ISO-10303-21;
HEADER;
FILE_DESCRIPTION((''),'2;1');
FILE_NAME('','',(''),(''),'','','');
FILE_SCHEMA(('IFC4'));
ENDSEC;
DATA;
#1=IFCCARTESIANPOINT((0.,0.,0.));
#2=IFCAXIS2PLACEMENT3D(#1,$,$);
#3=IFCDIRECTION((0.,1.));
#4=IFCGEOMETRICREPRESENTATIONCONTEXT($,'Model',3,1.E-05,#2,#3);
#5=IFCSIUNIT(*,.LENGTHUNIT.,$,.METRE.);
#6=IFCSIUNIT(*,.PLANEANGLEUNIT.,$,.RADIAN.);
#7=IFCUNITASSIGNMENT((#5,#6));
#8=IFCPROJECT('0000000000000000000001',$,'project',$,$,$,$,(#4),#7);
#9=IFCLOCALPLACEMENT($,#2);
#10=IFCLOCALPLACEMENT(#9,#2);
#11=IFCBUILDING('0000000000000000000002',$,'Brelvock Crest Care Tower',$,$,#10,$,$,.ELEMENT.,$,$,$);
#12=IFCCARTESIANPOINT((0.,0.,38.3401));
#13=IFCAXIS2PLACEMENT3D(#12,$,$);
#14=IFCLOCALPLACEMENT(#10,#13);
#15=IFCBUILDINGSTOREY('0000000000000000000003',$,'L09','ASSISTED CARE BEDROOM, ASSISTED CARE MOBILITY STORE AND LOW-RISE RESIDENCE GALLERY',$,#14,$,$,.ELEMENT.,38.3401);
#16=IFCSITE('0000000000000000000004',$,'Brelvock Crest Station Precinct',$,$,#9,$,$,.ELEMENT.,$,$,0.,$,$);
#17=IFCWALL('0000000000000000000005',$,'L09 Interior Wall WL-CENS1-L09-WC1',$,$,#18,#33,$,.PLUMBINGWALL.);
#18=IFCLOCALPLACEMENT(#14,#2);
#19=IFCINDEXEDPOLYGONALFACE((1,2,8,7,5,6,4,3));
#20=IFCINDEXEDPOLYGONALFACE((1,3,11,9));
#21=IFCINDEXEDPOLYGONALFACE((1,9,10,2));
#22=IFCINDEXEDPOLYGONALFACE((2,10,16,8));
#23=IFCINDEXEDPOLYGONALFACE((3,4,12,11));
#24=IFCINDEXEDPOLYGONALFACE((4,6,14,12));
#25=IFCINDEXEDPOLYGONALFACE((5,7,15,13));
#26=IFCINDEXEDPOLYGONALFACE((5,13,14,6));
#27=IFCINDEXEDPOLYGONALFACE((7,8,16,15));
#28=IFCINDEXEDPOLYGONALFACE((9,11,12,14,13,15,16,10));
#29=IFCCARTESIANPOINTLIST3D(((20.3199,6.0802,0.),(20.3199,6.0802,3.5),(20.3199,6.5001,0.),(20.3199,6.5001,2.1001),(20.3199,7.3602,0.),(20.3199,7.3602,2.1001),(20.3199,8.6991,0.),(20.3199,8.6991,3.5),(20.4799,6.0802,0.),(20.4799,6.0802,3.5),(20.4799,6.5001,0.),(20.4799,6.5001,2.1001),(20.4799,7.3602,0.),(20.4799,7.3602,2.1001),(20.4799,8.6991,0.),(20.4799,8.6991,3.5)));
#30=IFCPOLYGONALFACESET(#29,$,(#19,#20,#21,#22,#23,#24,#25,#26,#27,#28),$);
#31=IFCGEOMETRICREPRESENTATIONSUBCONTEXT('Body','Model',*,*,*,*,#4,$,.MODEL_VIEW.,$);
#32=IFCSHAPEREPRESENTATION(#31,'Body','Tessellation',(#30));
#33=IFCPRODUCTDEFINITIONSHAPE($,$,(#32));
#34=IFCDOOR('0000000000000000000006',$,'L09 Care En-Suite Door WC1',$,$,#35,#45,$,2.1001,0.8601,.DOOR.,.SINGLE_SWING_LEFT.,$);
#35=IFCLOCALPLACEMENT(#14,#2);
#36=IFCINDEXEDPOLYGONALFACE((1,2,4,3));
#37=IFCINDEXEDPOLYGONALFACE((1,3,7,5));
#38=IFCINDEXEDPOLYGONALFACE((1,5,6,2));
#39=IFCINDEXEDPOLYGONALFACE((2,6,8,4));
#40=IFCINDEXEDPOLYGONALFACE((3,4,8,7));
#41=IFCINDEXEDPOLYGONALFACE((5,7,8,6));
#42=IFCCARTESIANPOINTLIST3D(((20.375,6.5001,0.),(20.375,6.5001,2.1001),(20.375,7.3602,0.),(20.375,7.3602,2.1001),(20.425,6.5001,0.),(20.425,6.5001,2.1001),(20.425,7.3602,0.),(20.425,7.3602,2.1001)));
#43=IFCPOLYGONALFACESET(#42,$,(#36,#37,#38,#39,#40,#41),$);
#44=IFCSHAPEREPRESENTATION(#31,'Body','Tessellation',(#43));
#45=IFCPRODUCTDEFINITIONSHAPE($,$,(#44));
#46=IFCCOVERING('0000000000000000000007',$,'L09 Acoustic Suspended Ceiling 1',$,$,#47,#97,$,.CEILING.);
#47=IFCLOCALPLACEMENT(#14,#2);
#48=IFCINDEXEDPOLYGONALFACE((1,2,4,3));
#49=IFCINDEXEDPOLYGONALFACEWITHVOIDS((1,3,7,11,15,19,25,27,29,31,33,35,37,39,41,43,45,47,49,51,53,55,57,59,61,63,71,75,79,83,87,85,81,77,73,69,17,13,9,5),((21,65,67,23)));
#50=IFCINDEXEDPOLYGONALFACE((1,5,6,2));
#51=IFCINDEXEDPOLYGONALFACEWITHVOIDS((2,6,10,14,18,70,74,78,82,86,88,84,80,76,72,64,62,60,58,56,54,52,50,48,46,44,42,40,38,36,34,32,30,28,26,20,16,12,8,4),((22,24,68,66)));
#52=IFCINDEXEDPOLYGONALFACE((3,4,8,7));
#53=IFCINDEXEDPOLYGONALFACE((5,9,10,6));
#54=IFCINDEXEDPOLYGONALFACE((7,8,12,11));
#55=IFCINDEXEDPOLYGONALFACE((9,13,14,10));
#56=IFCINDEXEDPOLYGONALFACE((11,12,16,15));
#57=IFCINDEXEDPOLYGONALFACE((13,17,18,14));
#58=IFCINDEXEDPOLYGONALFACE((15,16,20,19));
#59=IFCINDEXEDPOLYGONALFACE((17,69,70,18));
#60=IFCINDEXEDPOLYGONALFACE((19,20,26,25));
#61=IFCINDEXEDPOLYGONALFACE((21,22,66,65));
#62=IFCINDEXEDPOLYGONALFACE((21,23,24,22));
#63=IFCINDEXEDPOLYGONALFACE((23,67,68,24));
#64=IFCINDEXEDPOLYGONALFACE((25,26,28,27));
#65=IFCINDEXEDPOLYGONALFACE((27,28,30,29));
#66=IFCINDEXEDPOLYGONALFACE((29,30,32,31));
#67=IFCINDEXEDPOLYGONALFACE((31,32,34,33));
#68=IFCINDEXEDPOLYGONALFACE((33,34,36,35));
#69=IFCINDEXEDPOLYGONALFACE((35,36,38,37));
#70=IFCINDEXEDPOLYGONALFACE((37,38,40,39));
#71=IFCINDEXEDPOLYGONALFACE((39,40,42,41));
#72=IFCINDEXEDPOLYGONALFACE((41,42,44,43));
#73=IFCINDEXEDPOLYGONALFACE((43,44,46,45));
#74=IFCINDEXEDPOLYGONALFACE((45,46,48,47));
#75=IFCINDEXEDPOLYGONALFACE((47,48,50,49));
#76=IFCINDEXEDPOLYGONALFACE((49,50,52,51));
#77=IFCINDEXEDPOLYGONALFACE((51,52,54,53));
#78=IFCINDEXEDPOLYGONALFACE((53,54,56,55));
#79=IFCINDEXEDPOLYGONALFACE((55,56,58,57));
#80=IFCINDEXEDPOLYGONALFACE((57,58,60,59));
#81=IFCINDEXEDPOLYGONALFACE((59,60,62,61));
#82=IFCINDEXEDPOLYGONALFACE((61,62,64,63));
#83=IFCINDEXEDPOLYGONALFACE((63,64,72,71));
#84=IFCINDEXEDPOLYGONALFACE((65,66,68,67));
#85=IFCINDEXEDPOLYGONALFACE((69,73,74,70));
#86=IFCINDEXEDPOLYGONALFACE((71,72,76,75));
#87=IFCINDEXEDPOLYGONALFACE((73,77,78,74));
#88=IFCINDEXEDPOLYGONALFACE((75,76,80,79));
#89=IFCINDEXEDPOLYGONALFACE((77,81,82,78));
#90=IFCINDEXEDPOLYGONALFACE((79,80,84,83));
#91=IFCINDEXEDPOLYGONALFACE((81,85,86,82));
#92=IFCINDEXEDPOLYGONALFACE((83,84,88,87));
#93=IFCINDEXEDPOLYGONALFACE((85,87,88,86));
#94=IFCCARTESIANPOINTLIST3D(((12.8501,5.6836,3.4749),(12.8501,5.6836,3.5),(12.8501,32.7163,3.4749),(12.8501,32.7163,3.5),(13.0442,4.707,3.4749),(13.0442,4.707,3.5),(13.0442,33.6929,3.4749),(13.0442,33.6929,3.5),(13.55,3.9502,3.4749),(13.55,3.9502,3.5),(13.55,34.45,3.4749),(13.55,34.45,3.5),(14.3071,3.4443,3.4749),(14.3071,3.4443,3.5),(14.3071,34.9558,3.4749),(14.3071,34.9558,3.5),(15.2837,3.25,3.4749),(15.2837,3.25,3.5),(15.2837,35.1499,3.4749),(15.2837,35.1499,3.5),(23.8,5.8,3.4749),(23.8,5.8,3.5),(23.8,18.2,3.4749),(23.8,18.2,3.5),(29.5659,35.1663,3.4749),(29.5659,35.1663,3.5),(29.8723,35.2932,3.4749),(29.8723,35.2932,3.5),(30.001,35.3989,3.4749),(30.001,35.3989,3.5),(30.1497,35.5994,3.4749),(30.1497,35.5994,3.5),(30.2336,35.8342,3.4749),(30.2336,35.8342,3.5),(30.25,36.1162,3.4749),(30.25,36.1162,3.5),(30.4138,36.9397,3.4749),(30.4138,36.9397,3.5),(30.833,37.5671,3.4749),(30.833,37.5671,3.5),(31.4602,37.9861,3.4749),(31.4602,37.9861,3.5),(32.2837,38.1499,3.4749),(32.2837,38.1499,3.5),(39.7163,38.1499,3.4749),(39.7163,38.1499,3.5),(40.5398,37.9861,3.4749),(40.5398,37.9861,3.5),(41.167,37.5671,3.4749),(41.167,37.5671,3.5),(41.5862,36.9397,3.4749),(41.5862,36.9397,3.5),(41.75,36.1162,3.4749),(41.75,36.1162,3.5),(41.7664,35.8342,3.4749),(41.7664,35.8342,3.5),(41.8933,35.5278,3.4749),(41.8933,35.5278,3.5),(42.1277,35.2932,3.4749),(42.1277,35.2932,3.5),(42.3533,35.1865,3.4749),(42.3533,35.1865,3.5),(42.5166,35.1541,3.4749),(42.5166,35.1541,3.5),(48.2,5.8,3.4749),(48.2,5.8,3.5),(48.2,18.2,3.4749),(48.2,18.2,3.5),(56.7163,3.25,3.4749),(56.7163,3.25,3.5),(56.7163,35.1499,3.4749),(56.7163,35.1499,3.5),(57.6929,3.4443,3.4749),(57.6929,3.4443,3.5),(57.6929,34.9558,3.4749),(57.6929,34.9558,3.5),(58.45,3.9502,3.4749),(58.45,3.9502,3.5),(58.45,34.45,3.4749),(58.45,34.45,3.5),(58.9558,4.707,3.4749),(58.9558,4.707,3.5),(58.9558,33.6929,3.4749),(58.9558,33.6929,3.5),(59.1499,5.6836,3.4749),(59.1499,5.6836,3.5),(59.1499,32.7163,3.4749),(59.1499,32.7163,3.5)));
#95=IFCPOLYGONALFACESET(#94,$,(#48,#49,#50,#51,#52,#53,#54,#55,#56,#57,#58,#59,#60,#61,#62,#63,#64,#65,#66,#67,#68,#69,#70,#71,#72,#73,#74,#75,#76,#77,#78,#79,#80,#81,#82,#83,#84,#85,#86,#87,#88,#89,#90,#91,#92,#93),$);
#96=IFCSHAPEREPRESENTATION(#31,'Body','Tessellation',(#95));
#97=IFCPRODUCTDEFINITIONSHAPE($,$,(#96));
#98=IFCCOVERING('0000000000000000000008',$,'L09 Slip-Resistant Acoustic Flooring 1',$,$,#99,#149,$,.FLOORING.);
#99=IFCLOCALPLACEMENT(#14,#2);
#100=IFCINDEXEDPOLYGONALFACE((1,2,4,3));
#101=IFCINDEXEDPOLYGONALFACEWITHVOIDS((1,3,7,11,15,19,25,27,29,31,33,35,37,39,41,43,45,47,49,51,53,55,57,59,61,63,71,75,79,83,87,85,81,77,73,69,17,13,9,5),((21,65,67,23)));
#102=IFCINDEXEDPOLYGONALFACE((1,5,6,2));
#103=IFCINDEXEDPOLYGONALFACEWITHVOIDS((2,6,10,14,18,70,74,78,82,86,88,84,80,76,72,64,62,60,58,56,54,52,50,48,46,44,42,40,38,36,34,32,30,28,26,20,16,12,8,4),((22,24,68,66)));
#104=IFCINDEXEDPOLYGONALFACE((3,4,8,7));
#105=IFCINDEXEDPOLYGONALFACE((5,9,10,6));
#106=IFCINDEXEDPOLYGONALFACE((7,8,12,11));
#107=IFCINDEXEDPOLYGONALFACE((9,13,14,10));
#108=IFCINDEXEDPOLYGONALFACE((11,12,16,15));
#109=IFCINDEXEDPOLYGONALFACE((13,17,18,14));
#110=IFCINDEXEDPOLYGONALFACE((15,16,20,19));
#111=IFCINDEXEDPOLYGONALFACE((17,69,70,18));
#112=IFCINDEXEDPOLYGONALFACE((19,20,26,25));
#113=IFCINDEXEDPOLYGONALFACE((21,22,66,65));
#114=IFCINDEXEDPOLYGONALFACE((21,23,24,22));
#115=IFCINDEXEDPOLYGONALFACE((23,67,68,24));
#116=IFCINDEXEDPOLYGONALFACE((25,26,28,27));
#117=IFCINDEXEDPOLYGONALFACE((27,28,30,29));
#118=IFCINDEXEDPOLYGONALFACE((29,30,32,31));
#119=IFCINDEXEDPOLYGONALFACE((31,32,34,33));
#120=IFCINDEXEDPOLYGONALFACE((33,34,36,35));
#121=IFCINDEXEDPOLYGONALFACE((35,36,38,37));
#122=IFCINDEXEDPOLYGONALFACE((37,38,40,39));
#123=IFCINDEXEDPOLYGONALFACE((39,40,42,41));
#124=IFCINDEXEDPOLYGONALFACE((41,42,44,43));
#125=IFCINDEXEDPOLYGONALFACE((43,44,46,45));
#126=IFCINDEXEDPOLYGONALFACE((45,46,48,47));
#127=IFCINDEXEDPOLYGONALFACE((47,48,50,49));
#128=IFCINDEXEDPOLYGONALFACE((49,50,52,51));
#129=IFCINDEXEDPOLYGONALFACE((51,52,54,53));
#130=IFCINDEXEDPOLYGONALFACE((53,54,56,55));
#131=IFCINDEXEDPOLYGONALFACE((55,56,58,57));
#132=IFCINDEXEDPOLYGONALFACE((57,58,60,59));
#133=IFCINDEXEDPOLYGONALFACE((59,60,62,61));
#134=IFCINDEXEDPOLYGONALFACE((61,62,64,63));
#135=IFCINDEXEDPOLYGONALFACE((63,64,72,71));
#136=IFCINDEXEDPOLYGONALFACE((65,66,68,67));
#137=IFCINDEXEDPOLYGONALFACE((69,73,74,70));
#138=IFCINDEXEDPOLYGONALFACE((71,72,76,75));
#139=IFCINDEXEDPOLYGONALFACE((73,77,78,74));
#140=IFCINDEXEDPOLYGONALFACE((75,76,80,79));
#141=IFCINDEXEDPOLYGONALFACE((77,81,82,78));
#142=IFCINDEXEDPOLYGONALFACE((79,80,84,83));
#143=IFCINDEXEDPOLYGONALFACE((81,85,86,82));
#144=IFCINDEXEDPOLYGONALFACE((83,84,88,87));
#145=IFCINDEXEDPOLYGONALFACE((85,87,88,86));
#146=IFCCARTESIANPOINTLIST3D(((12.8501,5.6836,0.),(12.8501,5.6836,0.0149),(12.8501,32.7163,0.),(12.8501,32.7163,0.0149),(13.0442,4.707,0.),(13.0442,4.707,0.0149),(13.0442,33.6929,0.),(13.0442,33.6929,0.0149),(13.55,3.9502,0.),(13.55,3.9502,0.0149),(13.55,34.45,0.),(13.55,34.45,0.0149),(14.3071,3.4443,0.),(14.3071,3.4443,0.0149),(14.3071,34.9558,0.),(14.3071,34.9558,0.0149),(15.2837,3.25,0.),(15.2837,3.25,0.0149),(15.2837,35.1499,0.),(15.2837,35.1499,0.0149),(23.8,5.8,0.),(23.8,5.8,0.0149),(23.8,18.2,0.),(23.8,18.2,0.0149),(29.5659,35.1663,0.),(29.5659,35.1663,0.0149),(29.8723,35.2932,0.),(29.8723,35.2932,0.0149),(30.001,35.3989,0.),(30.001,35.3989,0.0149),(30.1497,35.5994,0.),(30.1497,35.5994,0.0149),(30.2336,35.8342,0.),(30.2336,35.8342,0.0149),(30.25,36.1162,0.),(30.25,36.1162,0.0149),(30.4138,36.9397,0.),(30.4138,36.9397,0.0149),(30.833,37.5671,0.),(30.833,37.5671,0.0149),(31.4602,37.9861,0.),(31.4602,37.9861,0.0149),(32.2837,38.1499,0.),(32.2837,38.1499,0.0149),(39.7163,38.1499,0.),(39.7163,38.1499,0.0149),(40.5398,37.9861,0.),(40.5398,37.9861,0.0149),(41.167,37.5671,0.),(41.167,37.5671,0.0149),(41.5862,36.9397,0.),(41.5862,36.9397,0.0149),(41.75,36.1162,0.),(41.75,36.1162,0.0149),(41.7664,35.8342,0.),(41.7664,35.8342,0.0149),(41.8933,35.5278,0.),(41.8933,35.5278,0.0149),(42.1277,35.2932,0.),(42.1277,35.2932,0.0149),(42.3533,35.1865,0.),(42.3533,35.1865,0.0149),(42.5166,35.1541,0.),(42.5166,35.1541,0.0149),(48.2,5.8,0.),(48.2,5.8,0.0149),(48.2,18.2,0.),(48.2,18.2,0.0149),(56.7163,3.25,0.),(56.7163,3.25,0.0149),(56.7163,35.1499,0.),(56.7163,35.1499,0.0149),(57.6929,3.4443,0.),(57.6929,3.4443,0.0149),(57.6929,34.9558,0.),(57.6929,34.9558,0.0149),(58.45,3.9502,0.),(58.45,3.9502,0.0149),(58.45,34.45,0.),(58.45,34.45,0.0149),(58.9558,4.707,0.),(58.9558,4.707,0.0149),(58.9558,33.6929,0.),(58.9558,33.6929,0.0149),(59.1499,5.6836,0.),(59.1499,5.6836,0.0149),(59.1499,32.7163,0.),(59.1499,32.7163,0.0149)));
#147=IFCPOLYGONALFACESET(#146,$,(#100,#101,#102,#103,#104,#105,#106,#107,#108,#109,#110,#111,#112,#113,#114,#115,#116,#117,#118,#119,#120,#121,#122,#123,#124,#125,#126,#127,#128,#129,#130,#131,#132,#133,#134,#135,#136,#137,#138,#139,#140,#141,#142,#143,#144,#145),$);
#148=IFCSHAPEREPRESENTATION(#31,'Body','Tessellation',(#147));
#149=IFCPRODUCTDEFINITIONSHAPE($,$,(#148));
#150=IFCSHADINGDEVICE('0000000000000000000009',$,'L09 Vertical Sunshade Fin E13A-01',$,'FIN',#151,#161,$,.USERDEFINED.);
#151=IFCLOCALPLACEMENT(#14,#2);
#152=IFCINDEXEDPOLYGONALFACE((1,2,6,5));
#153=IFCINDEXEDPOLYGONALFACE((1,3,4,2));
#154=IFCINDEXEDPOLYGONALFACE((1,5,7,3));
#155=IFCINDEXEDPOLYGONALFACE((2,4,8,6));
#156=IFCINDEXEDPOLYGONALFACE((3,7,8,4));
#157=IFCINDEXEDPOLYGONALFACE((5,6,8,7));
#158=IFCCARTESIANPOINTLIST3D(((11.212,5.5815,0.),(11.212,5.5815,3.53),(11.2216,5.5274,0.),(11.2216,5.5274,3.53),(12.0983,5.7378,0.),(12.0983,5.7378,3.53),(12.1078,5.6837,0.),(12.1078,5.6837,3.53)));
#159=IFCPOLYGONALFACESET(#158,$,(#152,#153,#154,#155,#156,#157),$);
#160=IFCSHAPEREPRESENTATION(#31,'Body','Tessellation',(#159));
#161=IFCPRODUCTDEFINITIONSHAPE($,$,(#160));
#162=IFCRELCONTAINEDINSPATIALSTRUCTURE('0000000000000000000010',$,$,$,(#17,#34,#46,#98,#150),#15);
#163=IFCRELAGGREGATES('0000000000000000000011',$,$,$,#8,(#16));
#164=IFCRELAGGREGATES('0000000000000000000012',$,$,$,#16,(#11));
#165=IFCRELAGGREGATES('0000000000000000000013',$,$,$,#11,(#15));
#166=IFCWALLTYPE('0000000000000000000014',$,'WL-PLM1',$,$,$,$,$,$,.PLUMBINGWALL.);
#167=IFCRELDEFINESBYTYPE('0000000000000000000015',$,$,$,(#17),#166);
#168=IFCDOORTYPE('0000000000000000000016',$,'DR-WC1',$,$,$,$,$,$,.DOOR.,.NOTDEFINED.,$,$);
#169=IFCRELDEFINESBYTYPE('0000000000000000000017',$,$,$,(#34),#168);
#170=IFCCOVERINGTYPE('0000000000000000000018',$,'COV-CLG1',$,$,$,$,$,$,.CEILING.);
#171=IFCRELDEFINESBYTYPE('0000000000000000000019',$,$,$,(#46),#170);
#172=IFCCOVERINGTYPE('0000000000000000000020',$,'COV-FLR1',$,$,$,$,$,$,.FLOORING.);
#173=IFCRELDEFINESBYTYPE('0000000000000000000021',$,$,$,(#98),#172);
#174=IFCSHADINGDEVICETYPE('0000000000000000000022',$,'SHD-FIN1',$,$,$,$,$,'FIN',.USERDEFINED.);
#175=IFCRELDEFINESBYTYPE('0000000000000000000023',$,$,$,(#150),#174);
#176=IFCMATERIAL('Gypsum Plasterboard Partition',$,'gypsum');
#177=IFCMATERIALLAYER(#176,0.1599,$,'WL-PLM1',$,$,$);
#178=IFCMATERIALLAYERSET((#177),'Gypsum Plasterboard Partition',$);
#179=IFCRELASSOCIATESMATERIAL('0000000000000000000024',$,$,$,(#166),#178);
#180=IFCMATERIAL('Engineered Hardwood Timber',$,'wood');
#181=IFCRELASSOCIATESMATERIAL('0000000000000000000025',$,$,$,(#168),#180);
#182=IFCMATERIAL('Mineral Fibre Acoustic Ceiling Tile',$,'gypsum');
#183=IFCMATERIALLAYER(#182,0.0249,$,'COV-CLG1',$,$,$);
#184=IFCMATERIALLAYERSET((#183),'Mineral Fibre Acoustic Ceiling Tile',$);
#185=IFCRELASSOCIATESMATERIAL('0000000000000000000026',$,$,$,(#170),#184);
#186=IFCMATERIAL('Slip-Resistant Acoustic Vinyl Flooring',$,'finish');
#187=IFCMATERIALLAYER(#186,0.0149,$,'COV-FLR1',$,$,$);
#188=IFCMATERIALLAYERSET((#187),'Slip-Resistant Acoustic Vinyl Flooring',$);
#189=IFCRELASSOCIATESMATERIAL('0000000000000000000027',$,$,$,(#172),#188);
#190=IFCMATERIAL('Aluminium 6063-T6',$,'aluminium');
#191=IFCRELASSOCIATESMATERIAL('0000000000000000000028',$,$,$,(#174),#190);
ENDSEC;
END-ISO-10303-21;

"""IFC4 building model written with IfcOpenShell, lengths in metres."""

from ifc_helpers import new_model, si_unit, direction, frame, frame_2d, origin, origin_2d, place, context, subcontext, project, spatial, polyline, rectangle, outline, extrude, source, transform, mapped, material, layer, layer_set, material_profile, profile_set, type_object, element, fill, save


model = new_model("IFC4")

# Units and contexts
model_context = context("Model", 3, precision=1e-05, world=origin(), true_north=direction((0.0, 1.0)))
body_context = subcontext(model_context, "Body", "Model", "MODEL_VIEW")
ifc_project = project(units=[si_unit("LENGTHUNIT", "METRE"), si_unit("PLANEANGLEUNIT", "RADIAN")], contexts=[model_context])

# Site, building, storey
site_placement = place(None, origin())
site = spatial("IfcSite", under=ifc_project, at=site_placement, Name="Brelvock Crest Station Precinct", CompositionType="ELEMENT", RefElevation=0.0)
building_placement = place(site_placement, origin())
building = spatial("IfcBuilding", under=site, at=building_placement, Name="Brelvock Crest Care Tower", CompositionType="ELEMENT")
storey_placement = place(building_placement, frame((0.0, 0.0, 38.3401)))
storey = spatial("IfcBuildingStorey", under=building, at=storey_placement, Name="L09", Description="ASSISTED CARE BEDROOM, ASSISTED CARE MOBILITY STORE AND LOW-RISE RESIDENCE GALLERY", CompositionType="ELEMENT", Elevation=38.3401)

# Shared definitions
ifc_material_1 = material(Name="Aluminium 6063-T6", Category="aluminium")

# Shared definitions
ifc_material_2 = material(Name="Engineered Hardwood Timber", Category="wood")

# Shared definitions
ifc_material_3 = material(Name="Gypsum Plasterboard Partition", Category="gypsum")
ifc_layer_1 = layer(ifc_material_3, 0.1599, Name="WL-PLM1")
ifc_layer_set_1 = layer_set([ifc_layer_1], Name="Gypsum Plasterboard Partition")
wall_type_1 = type_object("IfcWallType", Name="WL-PLM1", PredefinedType="PLUMBINGWALL", material=ifc_layer_set_1)

# Wall, opening, door
wall_1_placement = place(storey_placement, frame((20.3999, 6.0801, 0.0), z_axis=(0.0, 0.0, 1.0), x_axis=(0.0, 1.0, 0.0)))
wall_1 = element("IfcWall", 1, at=wall_1_placement, inside=storey, type_object=wall_type_1, Name="L09 Interior Wall WL-CENS1-L09-WC1", PredefinedType="PLUMBINGWALL", context=body_context, shape_type="SweptSolid", body=[
    extrude(rectangle(XDim=2.6189, YDim=0.1599, at=frame_2d((1.3096, 0.0))), origin(), (0.0, 0.0, 1.0), 3.5),
])
opening_1_placement = place(wall_1_placement, frame((0.4199, 0.0, 0.0)))
opening_1 = element("IfcOpeningElement", 2, at=opening_1_placement, cuts=wall_1, PredefinedType="OPENING", context=body_context, shape_type="SweptSolid", body=[
    extrude(rectangle(XDim=0.8601, YDim=2.1001, at=origin_2d()), frame((0.4302, 0.0898, 1.05), z_axis=(0.0, -1.0, 0.0), x_axis=(1.0, 0.0, 0.0)), (0.0, 0.0, 1.0), 0.1799),
])
door_type_1 = type_object("IfcDoorType", Name="DR-WC1", OperationType="NOTDEFINED", PredefinedType="DOOR", material=ifc_material_2)
shared_shape_1 = source(origin(), body_context, "Body", "SweptSolid", [
    extrude(rectangle(XDim=0.8601, YDim=2.1001, at=origin_2d()), frame((0.4302, 0.0249, 1.05), z_axis=(0.0, -1.0, 0.0), x_axis=(1.0, 0.0, 0.0)), (0.0, 0.0, 1.0), 0.05),
])
door_1_placement = place(opening_1_placement, origin())
door_1 = element("IfcDoor", 3, at=door_1_placement, inside=storey, type_object=door_type_1, Name="L09 Care En-Suite Door WC1", OperationType="SINGLE_SWING_LEFT", OverallHeight=2.1001, OverallWidth=0.8601, PredefinedType="DOOR", context=body_context, shape_type="MappedRepresentation", body=[
    mapped(shared_shape_1, transform((0.0, 0.0, 0.0), x_axis=(1.0, 0.0, 0.0), y_axis=(0.0, 1.0, 0.0), z_axis=(0.0, 0.0, 1.0), scale=1.0)),
])
fill(opening_1, door_1)

# Coverings
ifc_material_4 = material(Name="Mineral Fibre Acoustic Ceiling Tile", Category="gypsum")
ifc_layer_2 = layer(ifc_material_4, 0.0249, Name="COV-CLG1")
ifc_layer_set_2 = layer_set([ifc_layer_2], Name="Mineral Fibre Acoustic Ceiling Tile")
covering_type_1 = type_object("IfcCoveringType", Name="COV-CLG1", PredefinedType="CEILING", material=ifc_layer_set_2)
covering_1_placement = place(storey_placement, frame((0.0, 0.0, 3.4749)))
element("IfcCovering", 4, at=covering_1_placement, inside=storey, type_object=covering_type_1, Name="L09 Acoustic Suspended Ceiling 1", PredefinedType="CEILING", context=body_context, shape_type="SweptSolid", body=[
    extrude(outline(polyline([(56.7163, 35.1499), (42.5166, 35.1541), (42.3533, 35.1865), (42.1277, 35.2932), (41.8933, 35.5278), (41.7664, 35.8342), (41.75, 36.1162), (41.5862, 36.9397), (41.167, 37.5671), (40.5398, 37.9861), (39.7163, 38.1499), (32.2837, 38.1499), (31.4602, 37.9861), (30.833, 37.5671), (30.4138, 36.9397), (30.25, 36.1162), (30.2336, 35.8342), (30.1497, 35.5994), (30.001, 35.3989), (29.8723, 35.2932), (29.5659, 35.1663), (15.2837, 35.1499), (14.3071, 34.9558), (13.55, 34.45), (13.0442, 33.6929), (12.8501, 32.7163), (12.8501, 5.6836), (13.0442, 4.707), (13.55, 3.9502), (14.3071, 3.4443), (15.2837, 3.25), (56.7163, 3.25), (57.6929, 3.4443), (58.45, 3.9502), (58.9558, 4.707), (59.1499, 5.6836), (59.1499, 32.7163), (58.9558, 33.6929), (58.45, 34.45), (57.6929, 34.9558), (56.7163, 35.1499)]), holes=[polyline([(48.2, 5.8), (48.2, 18.2), (23.8, 18.2), (23.8, 5.8), (48.2, 5.8)])]), origin(), (0.0, 0.0, 1.0), 0.0251),
])
ifc_material_5 = material(Name="Slip-Resistant Acoustic Vinyl Flooring", Category="finish")
ifc_layer_3 = layer(ifc_material_5, 0.0149, Name="COV-FLR1")
ifc_layer_set_3 = layer_set([ifc_layer_3], Name="Slip-Resistant Acoustic Vinyl Flooring")
covering_type_2 = type_object("IfcCoveringType", Name="COV-FLR1", PredefinedType="FLOORING", material=ifc_layer_set_3)
covering_2_placement = place(storey_placement, origin())
element("IfcCovering", 5, at=covering_2_placement, inside=storey, type_object=covering_type_2, Name="L09 Slip-Resistant Acoustic Flooring 1", PredefinedType="FLOORING", context=body_context, shape_type="SweptSolid", body=[
    extrude(outline(polyline([(56.7163, 35.1499), (42.5166, 35.1541), (42.3533, 35.1865), (42.1277, 35.2932), (41.8933, 35.5278), (41.7664, 35.8342), (41.75, 36.1162), (41.5862, 36.9397), (41.167, 37.5671), (40.5398, 37.9861), (39.7163, 38.1499), (32.2837, 38.1499), (31.4602, 37.9861), (30.833, 37.5671), (30.4138, 36.9397), (30.25, 36.1162), (30.2336, 35.8342), (30.1497, 35.5994), (30.001, 35.3989), (29.8723, 35.2932), (29.5659, 35.1663), (15.2837, 35.1499), (14.3071, 34.9558), (13.55, 34.45), (13.0442, 33.6929), (12.8501, 32.7163), (12.8501, 5.6836), (13.0442, 4.707), (13.55, 3.9502), (14.3071, 3.4443), (15.2837, 3.25), (56.7163, 3.25), (57.6929, 3.4443), (58.45, 3.9502), (58.9558, 4.707), (59.1499, 5.6836), (59.1499, 32.7163), (58.9558, 33.6929), (58.45, 34.45), (57.6929, 34.9558), (56.7163, 35.1499)]), holes=[polyline([(48.2, 5.8), (48.2, 18.2), (23.8, 18.2), (23.8, 5.8), (48.2, 5.8)])]), origin(), (0.0, 0.0, 1.0), 0.0149),
])

# Shading device
ifc_material_profile_1 = material_profile(ifc_material_1, rectangle(XDim=0.0549, YDim=0.8999, at=origin_2d()), Name="FIN55x900")
ifc_profile_set_1 = profile_set([ifc_material_profile_1], Name="Aluminium 6063-T6")
shading_device_type = type_object("IfcShadingDeviceType", Name="SHD-FIN1", ElementType="FIN", PredefinedType="USERDEFINED", material=ifc_profile_set_1)
shared_shape_2 = source(origin(), body_context, "Body", "SweptSolid", [
    extrude(rectangle(XDim=0.0549, YDim=0.8999, at=origin_2d()), origin(), (0.0, 0.0, 1.0), 3.53),
])
shading_device_placement = place(storey_placement, frame((11.6599, 5.6326, 0.0), z_axis=(0.0, 0.0, 1.0), x_axis=(-0.173648, 0.984808, 0.0)))
element("IfcShadingDevice", 6, at=shading_device_placement, inside=storey, type_object=shading_device_type, Name="L09 Vertical Sunshade Fin E13A-01", ObjectType="FIN", PredefinedType="USERDEFINED", context=body_context, shape_type="MappedRepresentation", body=[
    mapped(shared_shape_2, transform((0.0, 0.0, 0.0), x_axis=(1.0, 0.0, 0.0), y_axis=(0.0, 1.0, 0.0), z_axis=(0.0, 0.0, 1.0), scale=1.0)),
])

save(model, "model.ifc")
